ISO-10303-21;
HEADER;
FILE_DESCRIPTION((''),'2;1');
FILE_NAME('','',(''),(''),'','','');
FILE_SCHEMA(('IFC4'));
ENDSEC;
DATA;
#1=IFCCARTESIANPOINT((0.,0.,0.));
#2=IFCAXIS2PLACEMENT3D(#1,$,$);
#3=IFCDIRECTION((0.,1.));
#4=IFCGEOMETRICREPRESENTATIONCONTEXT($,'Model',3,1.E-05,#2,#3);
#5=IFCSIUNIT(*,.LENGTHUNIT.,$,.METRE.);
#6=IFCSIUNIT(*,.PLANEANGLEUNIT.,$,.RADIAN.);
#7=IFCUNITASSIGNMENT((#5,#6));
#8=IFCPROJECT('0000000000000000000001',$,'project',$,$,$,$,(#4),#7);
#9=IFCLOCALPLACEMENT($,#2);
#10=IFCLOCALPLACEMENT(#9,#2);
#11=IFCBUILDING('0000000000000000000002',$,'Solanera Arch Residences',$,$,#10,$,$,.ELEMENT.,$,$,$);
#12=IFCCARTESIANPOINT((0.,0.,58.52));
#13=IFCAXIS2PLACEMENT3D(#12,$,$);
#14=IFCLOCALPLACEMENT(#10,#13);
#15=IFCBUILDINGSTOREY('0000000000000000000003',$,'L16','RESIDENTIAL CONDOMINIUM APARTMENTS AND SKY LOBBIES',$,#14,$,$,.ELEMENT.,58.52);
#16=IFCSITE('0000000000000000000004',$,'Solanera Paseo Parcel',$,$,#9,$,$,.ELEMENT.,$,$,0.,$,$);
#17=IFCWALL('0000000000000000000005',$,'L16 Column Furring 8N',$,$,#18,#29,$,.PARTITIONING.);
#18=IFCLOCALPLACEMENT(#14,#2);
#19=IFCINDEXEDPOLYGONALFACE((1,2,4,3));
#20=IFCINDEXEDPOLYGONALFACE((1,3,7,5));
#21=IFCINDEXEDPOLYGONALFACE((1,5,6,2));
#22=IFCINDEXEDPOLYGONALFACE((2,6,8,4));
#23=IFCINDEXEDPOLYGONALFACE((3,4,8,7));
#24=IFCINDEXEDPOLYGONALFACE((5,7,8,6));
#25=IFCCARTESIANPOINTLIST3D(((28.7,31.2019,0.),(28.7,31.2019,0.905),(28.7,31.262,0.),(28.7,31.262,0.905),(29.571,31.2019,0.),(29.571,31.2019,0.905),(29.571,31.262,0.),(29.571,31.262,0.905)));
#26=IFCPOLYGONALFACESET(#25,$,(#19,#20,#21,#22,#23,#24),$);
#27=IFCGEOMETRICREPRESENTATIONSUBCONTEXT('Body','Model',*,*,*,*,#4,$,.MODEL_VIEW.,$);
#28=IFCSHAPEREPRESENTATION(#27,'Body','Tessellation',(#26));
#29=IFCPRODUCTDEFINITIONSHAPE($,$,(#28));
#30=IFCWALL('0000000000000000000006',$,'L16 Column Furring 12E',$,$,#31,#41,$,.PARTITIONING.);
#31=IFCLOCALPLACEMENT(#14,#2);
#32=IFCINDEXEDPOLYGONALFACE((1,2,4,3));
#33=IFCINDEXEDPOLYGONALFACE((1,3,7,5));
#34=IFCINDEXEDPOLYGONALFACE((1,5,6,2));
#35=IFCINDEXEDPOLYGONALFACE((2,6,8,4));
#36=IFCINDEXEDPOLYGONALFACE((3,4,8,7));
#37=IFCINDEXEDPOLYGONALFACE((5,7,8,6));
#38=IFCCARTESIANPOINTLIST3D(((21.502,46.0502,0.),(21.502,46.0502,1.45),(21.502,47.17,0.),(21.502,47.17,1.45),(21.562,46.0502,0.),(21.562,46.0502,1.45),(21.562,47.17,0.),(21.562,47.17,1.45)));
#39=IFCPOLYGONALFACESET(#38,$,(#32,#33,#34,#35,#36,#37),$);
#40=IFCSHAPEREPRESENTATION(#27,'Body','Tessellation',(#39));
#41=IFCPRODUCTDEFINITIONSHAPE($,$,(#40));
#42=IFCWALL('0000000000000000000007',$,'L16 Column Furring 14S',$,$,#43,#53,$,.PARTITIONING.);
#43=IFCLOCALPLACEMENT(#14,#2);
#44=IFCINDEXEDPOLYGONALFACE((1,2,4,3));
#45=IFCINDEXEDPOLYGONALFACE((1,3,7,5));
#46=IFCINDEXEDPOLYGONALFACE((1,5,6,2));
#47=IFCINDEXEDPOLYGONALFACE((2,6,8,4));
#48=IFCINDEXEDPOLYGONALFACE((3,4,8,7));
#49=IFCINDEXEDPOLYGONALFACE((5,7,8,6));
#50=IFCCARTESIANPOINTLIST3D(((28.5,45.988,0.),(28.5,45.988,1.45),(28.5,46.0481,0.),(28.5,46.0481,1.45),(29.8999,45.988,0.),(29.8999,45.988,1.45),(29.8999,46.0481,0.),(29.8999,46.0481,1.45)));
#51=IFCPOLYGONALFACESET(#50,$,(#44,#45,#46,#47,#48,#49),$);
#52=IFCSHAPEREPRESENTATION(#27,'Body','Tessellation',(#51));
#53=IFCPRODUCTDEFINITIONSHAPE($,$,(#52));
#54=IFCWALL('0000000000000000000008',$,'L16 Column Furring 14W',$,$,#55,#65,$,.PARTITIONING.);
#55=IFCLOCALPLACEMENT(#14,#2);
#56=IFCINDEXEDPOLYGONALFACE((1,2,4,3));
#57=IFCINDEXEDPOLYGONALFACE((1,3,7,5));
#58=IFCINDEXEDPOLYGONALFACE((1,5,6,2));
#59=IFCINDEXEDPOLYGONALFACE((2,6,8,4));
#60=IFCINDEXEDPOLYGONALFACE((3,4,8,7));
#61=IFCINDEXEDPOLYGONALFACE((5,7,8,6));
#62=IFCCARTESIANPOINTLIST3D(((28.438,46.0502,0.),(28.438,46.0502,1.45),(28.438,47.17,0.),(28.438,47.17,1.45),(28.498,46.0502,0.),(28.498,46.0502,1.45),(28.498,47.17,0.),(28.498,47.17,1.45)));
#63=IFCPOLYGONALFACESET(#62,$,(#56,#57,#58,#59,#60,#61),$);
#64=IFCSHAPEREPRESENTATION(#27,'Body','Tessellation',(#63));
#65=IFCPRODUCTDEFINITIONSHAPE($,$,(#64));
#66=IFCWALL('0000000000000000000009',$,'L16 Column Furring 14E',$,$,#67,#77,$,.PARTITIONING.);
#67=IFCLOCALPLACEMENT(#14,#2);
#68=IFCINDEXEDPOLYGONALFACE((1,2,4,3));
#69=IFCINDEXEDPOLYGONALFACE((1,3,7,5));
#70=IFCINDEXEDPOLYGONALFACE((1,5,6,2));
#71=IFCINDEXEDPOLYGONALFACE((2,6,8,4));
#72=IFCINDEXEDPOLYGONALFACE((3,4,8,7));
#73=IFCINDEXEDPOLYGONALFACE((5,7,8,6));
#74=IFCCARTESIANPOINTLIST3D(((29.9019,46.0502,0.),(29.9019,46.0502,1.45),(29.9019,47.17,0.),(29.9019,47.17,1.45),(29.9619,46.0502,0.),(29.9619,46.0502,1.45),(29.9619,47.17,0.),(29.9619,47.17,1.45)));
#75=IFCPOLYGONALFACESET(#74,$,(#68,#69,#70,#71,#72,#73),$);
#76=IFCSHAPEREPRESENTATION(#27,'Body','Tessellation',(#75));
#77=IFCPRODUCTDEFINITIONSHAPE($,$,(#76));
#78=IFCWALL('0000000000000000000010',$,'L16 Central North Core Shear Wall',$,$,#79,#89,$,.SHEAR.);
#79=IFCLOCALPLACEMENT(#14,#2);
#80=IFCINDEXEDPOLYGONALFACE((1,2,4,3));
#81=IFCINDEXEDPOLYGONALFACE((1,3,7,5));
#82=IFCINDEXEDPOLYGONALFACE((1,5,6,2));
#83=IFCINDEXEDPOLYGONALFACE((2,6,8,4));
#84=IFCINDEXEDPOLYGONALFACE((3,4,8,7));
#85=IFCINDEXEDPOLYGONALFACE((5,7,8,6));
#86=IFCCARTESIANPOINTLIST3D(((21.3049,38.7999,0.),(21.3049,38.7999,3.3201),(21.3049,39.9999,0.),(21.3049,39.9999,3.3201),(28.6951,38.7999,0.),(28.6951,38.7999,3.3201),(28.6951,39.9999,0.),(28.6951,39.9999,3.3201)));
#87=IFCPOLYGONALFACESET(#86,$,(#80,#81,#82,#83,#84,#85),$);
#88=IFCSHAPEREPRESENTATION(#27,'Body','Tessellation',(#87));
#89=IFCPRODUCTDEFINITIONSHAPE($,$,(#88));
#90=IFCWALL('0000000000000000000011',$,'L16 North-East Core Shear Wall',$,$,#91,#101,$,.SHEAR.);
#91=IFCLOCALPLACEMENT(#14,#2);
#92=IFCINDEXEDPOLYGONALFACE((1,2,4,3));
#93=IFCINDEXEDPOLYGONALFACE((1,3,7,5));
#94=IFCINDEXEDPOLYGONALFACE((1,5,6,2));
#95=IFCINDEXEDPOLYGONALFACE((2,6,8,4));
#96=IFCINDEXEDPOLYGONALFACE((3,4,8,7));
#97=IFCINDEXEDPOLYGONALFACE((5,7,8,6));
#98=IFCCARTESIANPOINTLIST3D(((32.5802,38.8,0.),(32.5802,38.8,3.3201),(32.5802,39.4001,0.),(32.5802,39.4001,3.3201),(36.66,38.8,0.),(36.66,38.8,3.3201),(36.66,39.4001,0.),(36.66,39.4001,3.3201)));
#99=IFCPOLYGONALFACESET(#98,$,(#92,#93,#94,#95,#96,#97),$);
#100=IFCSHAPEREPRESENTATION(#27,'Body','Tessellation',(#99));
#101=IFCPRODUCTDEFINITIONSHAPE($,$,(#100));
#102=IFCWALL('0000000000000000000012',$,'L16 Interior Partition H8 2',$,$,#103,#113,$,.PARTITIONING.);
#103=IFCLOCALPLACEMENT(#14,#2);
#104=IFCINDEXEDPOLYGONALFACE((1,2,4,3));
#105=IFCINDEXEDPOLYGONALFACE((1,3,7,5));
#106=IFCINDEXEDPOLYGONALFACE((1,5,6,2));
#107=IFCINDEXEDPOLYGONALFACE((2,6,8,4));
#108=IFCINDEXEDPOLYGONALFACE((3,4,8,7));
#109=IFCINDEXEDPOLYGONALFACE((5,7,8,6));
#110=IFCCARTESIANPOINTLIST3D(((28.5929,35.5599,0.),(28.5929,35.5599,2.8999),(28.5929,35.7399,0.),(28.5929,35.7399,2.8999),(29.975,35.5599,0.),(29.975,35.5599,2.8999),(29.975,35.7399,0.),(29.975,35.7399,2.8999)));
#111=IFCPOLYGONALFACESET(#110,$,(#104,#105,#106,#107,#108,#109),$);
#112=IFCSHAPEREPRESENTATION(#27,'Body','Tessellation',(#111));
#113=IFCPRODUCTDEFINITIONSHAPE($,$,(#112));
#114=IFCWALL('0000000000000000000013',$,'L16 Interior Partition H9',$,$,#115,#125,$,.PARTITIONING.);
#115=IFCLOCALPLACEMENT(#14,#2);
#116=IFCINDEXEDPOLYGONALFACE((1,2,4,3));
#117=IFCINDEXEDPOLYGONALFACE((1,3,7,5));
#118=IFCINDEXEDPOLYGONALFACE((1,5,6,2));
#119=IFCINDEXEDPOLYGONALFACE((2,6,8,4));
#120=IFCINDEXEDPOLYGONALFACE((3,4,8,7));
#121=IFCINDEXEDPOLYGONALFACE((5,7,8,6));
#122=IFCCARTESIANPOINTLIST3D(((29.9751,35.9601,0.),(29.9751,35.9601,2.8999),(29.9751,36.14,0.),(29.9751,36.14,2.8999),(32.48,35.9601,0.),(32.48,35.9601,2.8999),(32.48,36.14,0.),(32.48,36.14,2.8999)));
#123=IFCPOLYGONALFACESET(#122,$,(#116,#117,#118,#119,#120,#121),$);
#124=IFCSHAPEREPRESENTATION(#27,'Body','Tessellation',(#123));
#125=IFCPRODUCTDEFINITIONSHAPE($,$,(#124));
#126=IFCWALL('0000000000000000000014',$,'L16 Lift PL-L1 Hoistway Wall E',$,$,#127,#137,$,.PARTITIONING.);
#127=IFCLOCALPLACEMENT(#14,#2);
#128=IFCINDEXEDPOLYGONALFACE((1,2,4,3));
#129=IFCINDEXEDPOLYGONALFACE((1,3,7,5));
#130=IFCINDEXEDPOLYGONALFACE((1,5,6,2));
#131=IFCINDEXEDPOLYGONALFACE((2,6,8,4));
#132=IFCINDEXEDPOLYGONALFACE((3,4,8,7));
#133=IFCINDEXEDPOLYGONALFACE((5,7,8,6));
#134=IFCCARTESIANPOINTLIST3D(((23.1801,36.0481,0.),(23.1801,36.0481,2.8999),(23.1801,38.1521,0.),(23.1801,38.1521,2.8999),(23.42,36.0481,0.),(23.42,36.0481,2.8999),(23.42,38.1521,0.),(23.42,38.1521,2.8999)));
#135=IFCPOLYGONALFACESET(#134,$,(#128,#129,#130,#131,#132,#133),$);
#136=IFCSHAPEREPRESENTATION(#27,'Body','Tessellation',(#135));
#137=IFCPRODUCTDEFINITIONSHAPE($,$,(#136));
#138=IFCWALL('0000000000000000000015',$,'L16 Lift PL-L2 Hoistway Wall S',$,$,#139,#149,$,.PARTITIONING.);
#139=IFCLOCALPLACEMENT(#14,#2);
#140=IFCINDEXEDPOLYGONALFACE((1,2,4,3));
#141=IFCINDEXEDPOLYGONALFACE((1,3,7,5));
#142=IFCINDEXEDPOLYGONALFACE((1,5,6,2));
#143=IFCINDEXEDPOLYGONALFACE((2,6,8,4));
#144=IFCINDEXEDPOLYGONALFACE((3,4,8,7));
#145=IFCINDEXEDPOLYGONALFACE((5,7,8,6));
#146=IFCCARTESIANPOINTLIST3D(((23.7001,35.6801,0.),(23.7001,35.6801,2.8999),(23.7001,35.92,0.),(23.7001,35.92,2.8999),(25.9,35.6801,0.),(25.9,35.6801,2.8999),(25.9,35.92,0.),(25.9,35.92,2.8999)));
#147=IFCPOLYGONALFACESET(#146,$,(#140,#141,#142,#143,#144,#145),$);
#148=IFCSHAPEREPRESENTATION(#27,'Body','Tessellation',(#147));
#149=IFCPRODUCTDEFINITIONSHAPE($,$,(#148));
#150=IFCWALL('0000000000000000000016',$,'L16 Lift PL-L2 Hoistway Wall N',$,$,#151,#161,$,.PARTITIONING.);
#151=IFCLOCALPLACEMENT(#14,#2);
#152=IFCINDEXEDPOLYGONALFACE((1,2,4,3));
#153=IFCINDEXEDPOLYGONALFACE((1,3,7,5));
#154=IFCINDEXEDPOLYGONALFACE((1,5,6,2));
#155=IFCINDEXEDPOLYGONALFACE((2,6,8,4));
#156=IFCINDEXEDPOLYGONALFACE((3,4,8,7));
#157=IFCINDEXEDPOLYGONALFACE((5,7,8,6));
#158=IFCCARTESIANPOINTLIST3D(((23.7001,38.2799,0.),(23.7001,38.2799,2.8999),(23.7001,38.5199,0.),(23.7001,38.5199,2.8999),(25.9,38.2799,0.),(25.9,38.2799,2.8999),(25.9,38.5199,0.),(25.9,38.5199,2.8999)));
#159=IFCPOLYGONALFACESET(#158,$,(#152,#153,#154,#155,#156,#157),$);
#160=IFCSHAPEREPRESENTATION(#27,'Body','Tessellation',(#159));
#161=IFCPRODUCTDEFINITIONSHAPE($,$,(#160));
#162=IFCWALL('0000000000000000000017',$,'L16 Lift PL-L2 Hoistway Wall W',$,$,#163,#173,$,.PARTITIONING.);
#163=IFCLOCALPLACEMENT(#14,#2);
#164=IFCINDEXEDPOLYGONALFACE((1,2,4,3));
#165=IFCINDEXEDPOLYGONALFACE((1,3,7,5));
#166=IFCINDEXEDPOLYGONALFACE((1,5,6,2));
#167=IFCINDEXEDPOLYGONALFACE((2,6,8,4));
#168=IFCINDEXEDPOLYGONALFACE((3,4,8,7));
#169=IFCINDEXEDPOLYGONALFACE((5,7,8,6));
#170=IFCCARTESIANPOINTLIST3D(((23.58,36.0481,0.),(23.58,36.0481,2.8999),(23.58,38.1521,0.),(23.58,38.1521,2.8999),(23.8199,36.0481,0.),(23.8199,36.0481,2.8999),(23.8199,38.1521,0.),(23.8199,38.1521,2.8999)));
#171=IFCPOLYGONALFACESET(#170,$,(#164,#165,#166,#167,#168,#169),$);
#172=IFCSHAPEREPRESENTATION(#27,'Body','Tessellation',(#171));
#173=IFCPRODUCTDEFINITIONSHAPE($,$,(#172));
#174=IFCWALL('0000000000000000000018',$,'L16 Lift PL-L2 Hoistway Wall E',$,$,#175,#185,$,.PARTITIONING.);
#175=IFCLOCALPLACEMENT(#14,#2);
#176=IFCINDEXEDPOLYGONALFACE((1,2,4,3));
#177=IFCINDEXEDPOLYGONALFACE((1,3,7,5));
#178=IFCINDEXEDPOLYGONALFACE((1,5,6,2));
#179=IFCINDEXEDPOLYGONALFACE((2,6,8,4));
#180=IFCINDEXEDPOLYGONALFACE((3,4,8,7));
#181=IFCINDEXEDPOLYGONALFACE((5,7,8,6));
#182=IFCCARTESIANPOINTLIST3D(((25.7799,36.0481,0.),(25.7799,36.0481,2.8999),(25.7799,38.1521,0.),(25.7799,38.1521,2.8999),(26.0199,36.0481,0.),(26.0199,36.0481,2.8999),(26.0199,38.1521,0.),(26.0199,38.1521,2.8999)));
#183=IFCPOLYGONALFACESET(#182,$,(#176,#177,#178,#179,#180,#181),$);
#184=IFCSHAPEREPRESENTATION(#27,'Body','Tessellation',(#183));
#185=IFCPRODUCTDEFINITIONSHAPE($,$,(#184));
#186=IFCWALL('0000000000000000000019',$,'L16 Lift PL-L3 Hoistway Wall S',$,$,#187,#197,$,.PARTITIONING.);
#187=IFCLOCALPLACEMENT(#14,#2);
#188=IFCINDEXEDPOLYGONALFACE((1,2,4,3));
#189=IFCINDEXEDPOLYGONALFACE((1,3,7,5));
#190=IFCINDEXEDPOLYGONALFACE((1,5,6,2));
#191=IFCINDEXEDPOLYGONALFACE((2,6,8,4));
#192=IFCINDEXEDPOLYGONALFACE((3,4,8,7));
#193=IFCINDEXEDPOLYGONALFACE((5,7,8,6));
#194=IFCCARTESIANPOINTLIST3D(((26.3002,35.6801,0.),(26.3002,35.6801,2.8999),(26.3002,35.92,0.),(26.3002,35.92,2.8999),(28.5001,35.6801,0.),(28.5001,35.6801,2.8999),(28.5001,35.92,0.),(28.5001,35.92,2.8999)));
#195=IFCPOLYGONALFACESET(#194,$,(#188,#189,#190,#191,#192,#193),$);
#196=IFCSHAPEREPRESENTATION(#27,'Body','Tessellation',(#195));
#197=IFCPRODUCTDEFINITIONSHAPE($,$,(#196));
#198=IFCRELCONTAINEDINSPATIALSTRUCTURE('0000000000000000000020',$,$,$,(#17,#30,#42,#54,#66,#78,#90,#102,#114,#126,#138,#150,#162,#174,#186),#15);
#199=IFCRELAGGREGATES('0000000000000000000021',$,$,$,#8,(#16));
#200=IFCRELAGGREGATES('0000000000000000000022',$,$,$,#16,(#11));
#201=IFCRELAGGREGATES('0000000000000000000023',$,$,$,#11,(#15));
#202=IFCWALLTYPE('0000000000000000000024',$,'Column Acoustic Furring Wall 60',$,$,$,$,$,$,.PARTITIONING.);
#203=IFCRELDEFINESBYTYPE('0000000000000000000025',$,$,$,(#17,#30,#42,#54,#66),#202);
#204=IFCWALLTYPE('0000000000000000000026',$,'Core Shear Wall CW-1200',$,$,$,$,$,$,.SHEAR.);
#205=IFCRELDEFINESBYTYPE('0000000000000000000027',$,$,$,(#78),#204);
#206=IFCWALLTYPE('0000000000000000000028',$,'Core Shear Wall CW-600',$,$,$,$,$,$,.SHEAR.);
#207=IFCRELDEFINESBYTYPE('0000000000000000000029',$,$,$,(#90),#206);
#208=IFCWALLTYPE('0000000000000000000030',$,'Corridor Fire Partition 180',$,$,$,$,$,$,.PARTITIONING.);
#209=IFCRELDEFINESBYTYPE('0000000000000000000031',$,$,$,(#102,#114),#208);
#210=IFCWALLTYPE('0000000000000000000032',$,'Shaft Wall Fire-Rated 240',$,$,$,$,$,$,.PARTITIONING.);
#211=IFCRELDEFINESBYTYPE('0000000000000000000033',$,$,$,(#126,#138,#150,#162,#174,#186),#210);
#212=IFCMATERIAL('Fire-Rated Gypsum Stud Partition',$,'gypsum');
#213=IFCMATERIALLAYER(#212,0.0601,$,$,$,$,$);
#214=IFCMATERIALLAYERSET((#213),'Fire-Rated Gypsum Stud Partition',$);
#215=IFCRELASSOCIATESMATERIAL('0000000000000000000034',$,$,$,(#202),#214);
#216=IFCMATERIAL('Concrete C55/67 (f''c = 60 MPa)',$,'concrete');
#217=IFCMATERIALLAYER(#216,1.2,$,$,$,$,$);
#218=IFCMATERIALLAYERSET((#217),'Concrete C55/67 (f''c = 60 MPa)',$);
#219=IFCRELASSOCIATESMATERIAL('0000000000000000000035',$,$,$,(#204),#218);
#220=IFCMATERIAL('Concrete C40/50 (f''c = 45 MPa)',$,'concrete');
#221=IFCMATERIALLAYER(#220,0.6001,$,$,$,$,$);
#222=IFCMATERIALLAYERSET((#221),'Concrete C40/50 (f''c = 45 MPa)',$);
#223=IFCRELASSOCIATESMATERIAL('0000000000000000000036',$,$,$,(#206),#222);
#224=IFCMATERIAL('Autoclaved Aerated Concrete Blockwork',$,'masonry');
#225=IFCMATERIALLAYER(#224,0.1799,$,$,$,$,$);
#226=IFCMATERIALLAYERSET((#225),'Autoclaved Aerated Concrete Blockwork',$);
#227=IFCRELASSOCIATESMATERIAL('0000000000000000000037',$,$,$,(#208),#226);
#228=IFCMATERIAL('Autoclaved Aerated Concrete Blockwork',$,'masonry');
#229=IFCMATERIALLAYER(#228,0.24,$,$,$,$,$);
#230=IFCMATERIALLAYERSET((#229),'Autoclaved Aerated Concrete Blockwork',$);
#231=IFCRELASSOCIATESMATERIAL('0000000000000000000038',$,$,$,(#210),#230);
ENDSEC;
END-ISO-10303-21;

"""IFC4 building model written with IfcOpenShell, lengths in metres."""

from ifc_helpers import new_model, si_unit, direction, frame, frame_2d, origin, place, context, subcontext, project, spatial, rectangle, extrude, material, layer, layer_set, type_object, element, save


model = new_model("IFC4")

# Units and contexts
model_context = context("Model", 3, precision=1e-05, world=origin(), true_north=direction((0.0, 1.0)))
body_context = subcontext(model_context, "Body", "Model", "MODEL_VIEW")
ifc_project = project(units=[si_unit("LENGTHUNIT", "METRE"), si_unit("PLANEANGLEUNIT", "RADIAN")], contexts=[model_context])

# Site, building, storey
site_placement = place(None, origin())
site = spatial("IfcSite", under=ifc_project, at=site_placement, Name="Solanera Paseo Parcel", CompositionType="ELEMENT", RefElevation=0.0)
building_placement = place(site_placement, origin())
building = spatial("IfcBuilding", under=site, at=building_placement, Name="Solanera Arch Residences", CompositionType="ELEMENT")
storey_placement = place(building_placement, frame((0.0, 0.0, 58.52)))
storey = spatial("IfcBuildingStorey", under=building, at=storey_placement, Name="L16", Description="RESIDENTIAL CONDOMINIUM APARTMENTS AND SKY LOBBIES", CompositionType="ELEMENT", Elevation=58.52)

# Walls
ifc_material_1 = material(Name="Fire-Rated Gypsum Stud Partition", Category="gypsum")
ifc_layer_1 = layer(ifc_material_1, 0.0601)
ifc_layer_set_1 = layer_set([ifc_layer_1], Name="Fire-Rated Gypsum Stud Partition")
wall_type_1 = type_object("IfcWallType", Name="Column Acoustic Furring Wall 60", PredefinedType="PARTITIONING", material=ifc_layer_set_1)
wall_1_placement = place(storey_placement, frame((28.7, 31.2319, 0.0), z_axis=(0.0, 0.0, 1.0), x_axis=(1.0, 0.0, 0.0)))
element("IfcWall", 1, at=wall_1_placement, inside=storey, type_object=wall_type_1, Name="L16 Column Furring 8N", PredefinedType="PARTITIONING", context=body_context, shape_type="SweptSolid", body=[
    extrude(rectangle(XDim=0.8711, YDim=0.0601, at=frame_2d((0.4355, 0.0))), origin(), (0.0, 0.0, 1.0), 0.905),
])
wall_2_placement = place(storey_placement, frame((21.532, 46.05, 0.0), z_axis=(0.0, 0.0, 1.0), x_axis=(0.0, 1.0, 0.0)))
element("IfcWall", 2, at=wall_2_placement, inside=storey, type_object=wall_type_1, Name="L16 Column Furring 12E", PredefinedType="PARTITIONING", context=body_context, shape_type="SweptSolid", body=[
    extrude(rectangle(XDim=1.1199, YDim=0.0601, at=frame_2d((0.5601, 0.0))), origin(), (0.0, 0.0, 1.0), 1.45),
])
wall_3_placement = place(storey_placement, frame((28.5, 46.0181, 0.0), z_axis=(0.0, 0.0, 1.0), x_axis=(1.0, 0.0, 0.0)))
element("IfcWall", 3, at=wall_3_placement, inside=storey, type_object=wall_type_1, Name="L16 Column Furring 14S", PredefinedType="PARTITIONING", context=body_context, shape_type="SweptSolid", body=[
    extrude(rectangle(XDim=1.3999, YDim=0.0601, at=frame_2d((0.7, 0.0))), origin(), (0.0, 0.0, 1.0), 1.45),
])
for number, where, z_axis, x_axis, name in (
    (4, (28.468, 46.05, 0.0), (0.0, 0.0, 1.0), (0.0, 1.0, 0.0), "L16 Column Furring 14W"),
    (5, (29.9319, 46.05, 0.0), (0.0, 0.0, 1.0), (0.0, 1.0, 0.0), "L16 Column Furring 14E"),
):
    element("IfcWall", number, at=place(storey_placement, frame(where, z_axis=z_axis, x_axis=x_axis)), inside=storey, type_object=wall_type_1, Name=name, PredefinedType="PARTITIONING", context=body_context, shape_type="SweptSolid", body=[
        extrude(rectangle(XDim=1.1199, YDim=0.0601, at=frame_2d((0.5601, 0.0))), origin(), (0.0, 0.0, 1.0), 1.45),
    ])
ifc_material_2 = material(Name="Concrete C55/67 (f'c = 60 MPa)", Category="concrete")
ifc_layer_2 = layer(ifc_material_2, 1.2)
ifc_layer_set_2 = layer_set([ifc_layer_2], Name="Concrete C55/67 (f'c = 60 MPa)")
wall_type_2 = type_object("IfcWallType", Name="Core Shear Wall CW-1200", PredefinedType="SHEAR", material=ifc_layer_set_2)
wall_4_placement = place(storey_placement, frame((21.3049, 39.3999, 0.0), z_axis=(0.0, 0.0, 1.0), x_axis=(1.0, 0.0, 0.0)))
element("IfcWall", 6, at=wall_4_placement, inside=storey, type_object=wall_type_2, Name="L16 Central North Core Shear Wall", PredefinedType="SHEAR", context=body_context, shape_type="SweptSolid", body=[
    extrude(rectangle(XDim=7.3901, YDim=1.2, at=frame_2d((3.6951, 0.0))), origin(), (0.0, 0.0, 1.0), 3.3201),
])

# Walls
ifc_material_3 = material(Name="Concrete C40/50 (f'c = 45 MPa)", Category="concrete")
ifc_layer_3 = layer(ifc_material_3, 0.6001)
ifc_layer_set_3 = layer_set([ifc_layer_3], Name="Concrete C40/50 (f'c = 45 MPa)")
wall_type_3 = type_object("IfcWallType", Name="Core Shear Wall CW-600", PredefinedType="SHEAR", material=ifc_layer_set_3)
wall_5_placement = place(storey_placement, frame((32.5801, 39.1001, 0.0), z_axis=(0.0, 0.0, 1.0), x_axis=(1.0, 0.0, 0.0)))
element("IfcWall", 7, at=wall_5_placement, inside=storey, type_object=wall_type_3, Name="L16 North-East Core Shear Wall", PredefinedType="SHEAR", context=body_context, shape_type="SweptSolid", body=[
    extrude(rectangle(XDim=4.0798, YDim=0.6001, at=frame_2d((2.04, 0.0))), origin(), (0.0, 0.0, 1.0), 3.3201),
])
ifc_material_4 = material(Name="Autoclaved Aerated Concrete Blockwork", Category="masonry")
ifc_layer_4 = layer(ifc_material_4, 0.1799)
ifc_layer_set_4 = layer_set([ifc_layer_4], Name="Autoclaved Aerated Concrete Blockwork")
wall_type_4 = type_object("IfcWallType", Name="Corridor Fire Partition 180", PredefinedType="PARTITIONING", material=ifc_layer_set_4)
wall_6_placement = place(storey_placement, frame((28.593, 35.6499, 0.0), z_axis=(0.0, 0.0, 1.0), x_axis=(1.0, 0.0, 0.0)))
element("IfcWall", 8, at=wall_6_placement, inside=storey, type_object=wall_type_4, Name="L16 Interior Partition H8 2", PredefinedType="PARTITIONING", context=body_context, shape_type="SweptSolid", body=[
    extrude(rectangle(XDim=1.3821, YDim=0.1799, at=frame_2d((0.6909, 0.0))), origin(), (0.0, 0.0, 1.0), 2.8999),
])
wall_7_placement = place(storey_placement, frame((29.9751, 36.05, 0.0), z_axis=(0.0, 0.0, 1.0), x_axis=(1.0, 0.0, 0.0)))
element("IfcWall", 9, at=wall_7_placement, inside=storey, type_object=wall_type_4, Name="L16 Interior Partition H9", PredefinedType="PARTITIONING", context=body_context, shape_type="SweptSolid", body=[
    extrude(rectangle(XDim=2.5049, YDim=0.1799, at=frame_2d((1.2524, 0.0))), origin(), (0.0, 0.0, 1.0), 2.8999),
])
ifc_material_5 = material(Name="Autoclaved Aerated Concrete Blockwork", Category="masonry")
ifc_layer_5 = layer(ifc_material_5, 0.24)
ifc_layer_set_5 = layer_set([ifc_layer_5], Name="Autoclaved Aerated Concrete Blockwork")
wall_type_5 = type_object("IfcWallType", Name="Shaft Wall Fire-Rated 240", PredefinedType="PARTITIONING", material=ifc_layer_set_5)
wall_8_placement = place(storey_placement, frame((23.3, 36.0481, 0.0), z_axis=(0.0, 0.0, 1.0), x_axis=(0.0, 1.0, 0.0)))
element("IfcWall", 10, at=wall_8_placement, inside=storey, type_object=wall_type_5, Name="L16 Lift PL-L1 Hoistway Wall E", PredefinedType="PARTITIONING", context=body_context, shape_type="SweptSolid", body=[
    extrude(rectangle(XDim=2.104, YDim=0.24, at=frame_2d((1.052, 0.0))), origin(), (0.0, 0.0, 1.0), 2.8999),
])
for number, where, z_axis, x_axis, name in (
    (11, (23.7, 35.8, 0.0), (0.0, 0.0, 1.0), (1.0, 0.0, 0.0), "L16 Lift PL-L2 Hoistway Wall S"),
    (12, (23.7, 38.3999, 0.0), (0.0, 0.0, 1.0), (1.0, 0.0, 0.0), "L16 Lift PL-L2 Hoistway Wall N"),
):
    element("IfcWall", number, at=place(storey_placement, frame(where, z_axis=z_axis, x_axis=x_axis)), inside=storey, type_object=wall_type_5, Name=name, PredefinedType="PARTITIONING", context=body_context, shape_type="SweptSolid", body=[
        extrude(rectangle(XDim=2.2, YDim=0.24, at=frame_2d((1.1001, 0.0))), origin(), (0.0, 0.0, 1.0), 2.8999),
    ])
for number, where, z_axis, x_axis, name in (
    (13, (23.7, 36.0481, 0.0), (0.0, 0.0, 1.0), (0.0, 1.0, 0.0), "L16 Lift PL-L2 Hoistway Wall W"),
    (14, (25.8999, 36.0481, 0.0), (0.0, 0.0, 1.0), (0.0, 1.0, 0.0), "L16 Lift PL-L2 Hoistway Wall E"),
):
    element("IfcWall", number, at=place(storey_placement, frame(where, z_axis=z_axis, x_axis=x_axis)), inside=storey, type_object=wall_type_5, Name=name, PredefinedType="PARTITIONING", context=body_context, shape_type="SweptSolid", body=[
        extrude(rectangle(XDim=2.104, YDim=0.24, at=frame_2d((1.052, 0.0))), origin(), (0.0, 0.0, 1.0), 2.8999),
    ])
for number, where, z_axis, x_axis, name in (
    (15, (26.3, 35.8, 0.0), (0.0, 0.0, 1.0), (1.0, 0.0, 0.0), "L16 Lift PL-L3 Hoistway Wall S"),
):
    element("IfcWall", number, at=place(storey_placement, frame(where, z_axis=z_axis, x_axis=x_axis)), inside=storey, type_object=wall_type_5, Name=name, PredefinedType="PARTITIONING", context=body_context, shape_type="SweptSolid", body=[
        extrude(rectangle(XDim=2.2, YDim=0.24, at=frame_2d((1.1001, 0.0))), origin(), (0.0, 0.0, 1.0), 2.8999),
    ])

save(model, "model.ifc")
